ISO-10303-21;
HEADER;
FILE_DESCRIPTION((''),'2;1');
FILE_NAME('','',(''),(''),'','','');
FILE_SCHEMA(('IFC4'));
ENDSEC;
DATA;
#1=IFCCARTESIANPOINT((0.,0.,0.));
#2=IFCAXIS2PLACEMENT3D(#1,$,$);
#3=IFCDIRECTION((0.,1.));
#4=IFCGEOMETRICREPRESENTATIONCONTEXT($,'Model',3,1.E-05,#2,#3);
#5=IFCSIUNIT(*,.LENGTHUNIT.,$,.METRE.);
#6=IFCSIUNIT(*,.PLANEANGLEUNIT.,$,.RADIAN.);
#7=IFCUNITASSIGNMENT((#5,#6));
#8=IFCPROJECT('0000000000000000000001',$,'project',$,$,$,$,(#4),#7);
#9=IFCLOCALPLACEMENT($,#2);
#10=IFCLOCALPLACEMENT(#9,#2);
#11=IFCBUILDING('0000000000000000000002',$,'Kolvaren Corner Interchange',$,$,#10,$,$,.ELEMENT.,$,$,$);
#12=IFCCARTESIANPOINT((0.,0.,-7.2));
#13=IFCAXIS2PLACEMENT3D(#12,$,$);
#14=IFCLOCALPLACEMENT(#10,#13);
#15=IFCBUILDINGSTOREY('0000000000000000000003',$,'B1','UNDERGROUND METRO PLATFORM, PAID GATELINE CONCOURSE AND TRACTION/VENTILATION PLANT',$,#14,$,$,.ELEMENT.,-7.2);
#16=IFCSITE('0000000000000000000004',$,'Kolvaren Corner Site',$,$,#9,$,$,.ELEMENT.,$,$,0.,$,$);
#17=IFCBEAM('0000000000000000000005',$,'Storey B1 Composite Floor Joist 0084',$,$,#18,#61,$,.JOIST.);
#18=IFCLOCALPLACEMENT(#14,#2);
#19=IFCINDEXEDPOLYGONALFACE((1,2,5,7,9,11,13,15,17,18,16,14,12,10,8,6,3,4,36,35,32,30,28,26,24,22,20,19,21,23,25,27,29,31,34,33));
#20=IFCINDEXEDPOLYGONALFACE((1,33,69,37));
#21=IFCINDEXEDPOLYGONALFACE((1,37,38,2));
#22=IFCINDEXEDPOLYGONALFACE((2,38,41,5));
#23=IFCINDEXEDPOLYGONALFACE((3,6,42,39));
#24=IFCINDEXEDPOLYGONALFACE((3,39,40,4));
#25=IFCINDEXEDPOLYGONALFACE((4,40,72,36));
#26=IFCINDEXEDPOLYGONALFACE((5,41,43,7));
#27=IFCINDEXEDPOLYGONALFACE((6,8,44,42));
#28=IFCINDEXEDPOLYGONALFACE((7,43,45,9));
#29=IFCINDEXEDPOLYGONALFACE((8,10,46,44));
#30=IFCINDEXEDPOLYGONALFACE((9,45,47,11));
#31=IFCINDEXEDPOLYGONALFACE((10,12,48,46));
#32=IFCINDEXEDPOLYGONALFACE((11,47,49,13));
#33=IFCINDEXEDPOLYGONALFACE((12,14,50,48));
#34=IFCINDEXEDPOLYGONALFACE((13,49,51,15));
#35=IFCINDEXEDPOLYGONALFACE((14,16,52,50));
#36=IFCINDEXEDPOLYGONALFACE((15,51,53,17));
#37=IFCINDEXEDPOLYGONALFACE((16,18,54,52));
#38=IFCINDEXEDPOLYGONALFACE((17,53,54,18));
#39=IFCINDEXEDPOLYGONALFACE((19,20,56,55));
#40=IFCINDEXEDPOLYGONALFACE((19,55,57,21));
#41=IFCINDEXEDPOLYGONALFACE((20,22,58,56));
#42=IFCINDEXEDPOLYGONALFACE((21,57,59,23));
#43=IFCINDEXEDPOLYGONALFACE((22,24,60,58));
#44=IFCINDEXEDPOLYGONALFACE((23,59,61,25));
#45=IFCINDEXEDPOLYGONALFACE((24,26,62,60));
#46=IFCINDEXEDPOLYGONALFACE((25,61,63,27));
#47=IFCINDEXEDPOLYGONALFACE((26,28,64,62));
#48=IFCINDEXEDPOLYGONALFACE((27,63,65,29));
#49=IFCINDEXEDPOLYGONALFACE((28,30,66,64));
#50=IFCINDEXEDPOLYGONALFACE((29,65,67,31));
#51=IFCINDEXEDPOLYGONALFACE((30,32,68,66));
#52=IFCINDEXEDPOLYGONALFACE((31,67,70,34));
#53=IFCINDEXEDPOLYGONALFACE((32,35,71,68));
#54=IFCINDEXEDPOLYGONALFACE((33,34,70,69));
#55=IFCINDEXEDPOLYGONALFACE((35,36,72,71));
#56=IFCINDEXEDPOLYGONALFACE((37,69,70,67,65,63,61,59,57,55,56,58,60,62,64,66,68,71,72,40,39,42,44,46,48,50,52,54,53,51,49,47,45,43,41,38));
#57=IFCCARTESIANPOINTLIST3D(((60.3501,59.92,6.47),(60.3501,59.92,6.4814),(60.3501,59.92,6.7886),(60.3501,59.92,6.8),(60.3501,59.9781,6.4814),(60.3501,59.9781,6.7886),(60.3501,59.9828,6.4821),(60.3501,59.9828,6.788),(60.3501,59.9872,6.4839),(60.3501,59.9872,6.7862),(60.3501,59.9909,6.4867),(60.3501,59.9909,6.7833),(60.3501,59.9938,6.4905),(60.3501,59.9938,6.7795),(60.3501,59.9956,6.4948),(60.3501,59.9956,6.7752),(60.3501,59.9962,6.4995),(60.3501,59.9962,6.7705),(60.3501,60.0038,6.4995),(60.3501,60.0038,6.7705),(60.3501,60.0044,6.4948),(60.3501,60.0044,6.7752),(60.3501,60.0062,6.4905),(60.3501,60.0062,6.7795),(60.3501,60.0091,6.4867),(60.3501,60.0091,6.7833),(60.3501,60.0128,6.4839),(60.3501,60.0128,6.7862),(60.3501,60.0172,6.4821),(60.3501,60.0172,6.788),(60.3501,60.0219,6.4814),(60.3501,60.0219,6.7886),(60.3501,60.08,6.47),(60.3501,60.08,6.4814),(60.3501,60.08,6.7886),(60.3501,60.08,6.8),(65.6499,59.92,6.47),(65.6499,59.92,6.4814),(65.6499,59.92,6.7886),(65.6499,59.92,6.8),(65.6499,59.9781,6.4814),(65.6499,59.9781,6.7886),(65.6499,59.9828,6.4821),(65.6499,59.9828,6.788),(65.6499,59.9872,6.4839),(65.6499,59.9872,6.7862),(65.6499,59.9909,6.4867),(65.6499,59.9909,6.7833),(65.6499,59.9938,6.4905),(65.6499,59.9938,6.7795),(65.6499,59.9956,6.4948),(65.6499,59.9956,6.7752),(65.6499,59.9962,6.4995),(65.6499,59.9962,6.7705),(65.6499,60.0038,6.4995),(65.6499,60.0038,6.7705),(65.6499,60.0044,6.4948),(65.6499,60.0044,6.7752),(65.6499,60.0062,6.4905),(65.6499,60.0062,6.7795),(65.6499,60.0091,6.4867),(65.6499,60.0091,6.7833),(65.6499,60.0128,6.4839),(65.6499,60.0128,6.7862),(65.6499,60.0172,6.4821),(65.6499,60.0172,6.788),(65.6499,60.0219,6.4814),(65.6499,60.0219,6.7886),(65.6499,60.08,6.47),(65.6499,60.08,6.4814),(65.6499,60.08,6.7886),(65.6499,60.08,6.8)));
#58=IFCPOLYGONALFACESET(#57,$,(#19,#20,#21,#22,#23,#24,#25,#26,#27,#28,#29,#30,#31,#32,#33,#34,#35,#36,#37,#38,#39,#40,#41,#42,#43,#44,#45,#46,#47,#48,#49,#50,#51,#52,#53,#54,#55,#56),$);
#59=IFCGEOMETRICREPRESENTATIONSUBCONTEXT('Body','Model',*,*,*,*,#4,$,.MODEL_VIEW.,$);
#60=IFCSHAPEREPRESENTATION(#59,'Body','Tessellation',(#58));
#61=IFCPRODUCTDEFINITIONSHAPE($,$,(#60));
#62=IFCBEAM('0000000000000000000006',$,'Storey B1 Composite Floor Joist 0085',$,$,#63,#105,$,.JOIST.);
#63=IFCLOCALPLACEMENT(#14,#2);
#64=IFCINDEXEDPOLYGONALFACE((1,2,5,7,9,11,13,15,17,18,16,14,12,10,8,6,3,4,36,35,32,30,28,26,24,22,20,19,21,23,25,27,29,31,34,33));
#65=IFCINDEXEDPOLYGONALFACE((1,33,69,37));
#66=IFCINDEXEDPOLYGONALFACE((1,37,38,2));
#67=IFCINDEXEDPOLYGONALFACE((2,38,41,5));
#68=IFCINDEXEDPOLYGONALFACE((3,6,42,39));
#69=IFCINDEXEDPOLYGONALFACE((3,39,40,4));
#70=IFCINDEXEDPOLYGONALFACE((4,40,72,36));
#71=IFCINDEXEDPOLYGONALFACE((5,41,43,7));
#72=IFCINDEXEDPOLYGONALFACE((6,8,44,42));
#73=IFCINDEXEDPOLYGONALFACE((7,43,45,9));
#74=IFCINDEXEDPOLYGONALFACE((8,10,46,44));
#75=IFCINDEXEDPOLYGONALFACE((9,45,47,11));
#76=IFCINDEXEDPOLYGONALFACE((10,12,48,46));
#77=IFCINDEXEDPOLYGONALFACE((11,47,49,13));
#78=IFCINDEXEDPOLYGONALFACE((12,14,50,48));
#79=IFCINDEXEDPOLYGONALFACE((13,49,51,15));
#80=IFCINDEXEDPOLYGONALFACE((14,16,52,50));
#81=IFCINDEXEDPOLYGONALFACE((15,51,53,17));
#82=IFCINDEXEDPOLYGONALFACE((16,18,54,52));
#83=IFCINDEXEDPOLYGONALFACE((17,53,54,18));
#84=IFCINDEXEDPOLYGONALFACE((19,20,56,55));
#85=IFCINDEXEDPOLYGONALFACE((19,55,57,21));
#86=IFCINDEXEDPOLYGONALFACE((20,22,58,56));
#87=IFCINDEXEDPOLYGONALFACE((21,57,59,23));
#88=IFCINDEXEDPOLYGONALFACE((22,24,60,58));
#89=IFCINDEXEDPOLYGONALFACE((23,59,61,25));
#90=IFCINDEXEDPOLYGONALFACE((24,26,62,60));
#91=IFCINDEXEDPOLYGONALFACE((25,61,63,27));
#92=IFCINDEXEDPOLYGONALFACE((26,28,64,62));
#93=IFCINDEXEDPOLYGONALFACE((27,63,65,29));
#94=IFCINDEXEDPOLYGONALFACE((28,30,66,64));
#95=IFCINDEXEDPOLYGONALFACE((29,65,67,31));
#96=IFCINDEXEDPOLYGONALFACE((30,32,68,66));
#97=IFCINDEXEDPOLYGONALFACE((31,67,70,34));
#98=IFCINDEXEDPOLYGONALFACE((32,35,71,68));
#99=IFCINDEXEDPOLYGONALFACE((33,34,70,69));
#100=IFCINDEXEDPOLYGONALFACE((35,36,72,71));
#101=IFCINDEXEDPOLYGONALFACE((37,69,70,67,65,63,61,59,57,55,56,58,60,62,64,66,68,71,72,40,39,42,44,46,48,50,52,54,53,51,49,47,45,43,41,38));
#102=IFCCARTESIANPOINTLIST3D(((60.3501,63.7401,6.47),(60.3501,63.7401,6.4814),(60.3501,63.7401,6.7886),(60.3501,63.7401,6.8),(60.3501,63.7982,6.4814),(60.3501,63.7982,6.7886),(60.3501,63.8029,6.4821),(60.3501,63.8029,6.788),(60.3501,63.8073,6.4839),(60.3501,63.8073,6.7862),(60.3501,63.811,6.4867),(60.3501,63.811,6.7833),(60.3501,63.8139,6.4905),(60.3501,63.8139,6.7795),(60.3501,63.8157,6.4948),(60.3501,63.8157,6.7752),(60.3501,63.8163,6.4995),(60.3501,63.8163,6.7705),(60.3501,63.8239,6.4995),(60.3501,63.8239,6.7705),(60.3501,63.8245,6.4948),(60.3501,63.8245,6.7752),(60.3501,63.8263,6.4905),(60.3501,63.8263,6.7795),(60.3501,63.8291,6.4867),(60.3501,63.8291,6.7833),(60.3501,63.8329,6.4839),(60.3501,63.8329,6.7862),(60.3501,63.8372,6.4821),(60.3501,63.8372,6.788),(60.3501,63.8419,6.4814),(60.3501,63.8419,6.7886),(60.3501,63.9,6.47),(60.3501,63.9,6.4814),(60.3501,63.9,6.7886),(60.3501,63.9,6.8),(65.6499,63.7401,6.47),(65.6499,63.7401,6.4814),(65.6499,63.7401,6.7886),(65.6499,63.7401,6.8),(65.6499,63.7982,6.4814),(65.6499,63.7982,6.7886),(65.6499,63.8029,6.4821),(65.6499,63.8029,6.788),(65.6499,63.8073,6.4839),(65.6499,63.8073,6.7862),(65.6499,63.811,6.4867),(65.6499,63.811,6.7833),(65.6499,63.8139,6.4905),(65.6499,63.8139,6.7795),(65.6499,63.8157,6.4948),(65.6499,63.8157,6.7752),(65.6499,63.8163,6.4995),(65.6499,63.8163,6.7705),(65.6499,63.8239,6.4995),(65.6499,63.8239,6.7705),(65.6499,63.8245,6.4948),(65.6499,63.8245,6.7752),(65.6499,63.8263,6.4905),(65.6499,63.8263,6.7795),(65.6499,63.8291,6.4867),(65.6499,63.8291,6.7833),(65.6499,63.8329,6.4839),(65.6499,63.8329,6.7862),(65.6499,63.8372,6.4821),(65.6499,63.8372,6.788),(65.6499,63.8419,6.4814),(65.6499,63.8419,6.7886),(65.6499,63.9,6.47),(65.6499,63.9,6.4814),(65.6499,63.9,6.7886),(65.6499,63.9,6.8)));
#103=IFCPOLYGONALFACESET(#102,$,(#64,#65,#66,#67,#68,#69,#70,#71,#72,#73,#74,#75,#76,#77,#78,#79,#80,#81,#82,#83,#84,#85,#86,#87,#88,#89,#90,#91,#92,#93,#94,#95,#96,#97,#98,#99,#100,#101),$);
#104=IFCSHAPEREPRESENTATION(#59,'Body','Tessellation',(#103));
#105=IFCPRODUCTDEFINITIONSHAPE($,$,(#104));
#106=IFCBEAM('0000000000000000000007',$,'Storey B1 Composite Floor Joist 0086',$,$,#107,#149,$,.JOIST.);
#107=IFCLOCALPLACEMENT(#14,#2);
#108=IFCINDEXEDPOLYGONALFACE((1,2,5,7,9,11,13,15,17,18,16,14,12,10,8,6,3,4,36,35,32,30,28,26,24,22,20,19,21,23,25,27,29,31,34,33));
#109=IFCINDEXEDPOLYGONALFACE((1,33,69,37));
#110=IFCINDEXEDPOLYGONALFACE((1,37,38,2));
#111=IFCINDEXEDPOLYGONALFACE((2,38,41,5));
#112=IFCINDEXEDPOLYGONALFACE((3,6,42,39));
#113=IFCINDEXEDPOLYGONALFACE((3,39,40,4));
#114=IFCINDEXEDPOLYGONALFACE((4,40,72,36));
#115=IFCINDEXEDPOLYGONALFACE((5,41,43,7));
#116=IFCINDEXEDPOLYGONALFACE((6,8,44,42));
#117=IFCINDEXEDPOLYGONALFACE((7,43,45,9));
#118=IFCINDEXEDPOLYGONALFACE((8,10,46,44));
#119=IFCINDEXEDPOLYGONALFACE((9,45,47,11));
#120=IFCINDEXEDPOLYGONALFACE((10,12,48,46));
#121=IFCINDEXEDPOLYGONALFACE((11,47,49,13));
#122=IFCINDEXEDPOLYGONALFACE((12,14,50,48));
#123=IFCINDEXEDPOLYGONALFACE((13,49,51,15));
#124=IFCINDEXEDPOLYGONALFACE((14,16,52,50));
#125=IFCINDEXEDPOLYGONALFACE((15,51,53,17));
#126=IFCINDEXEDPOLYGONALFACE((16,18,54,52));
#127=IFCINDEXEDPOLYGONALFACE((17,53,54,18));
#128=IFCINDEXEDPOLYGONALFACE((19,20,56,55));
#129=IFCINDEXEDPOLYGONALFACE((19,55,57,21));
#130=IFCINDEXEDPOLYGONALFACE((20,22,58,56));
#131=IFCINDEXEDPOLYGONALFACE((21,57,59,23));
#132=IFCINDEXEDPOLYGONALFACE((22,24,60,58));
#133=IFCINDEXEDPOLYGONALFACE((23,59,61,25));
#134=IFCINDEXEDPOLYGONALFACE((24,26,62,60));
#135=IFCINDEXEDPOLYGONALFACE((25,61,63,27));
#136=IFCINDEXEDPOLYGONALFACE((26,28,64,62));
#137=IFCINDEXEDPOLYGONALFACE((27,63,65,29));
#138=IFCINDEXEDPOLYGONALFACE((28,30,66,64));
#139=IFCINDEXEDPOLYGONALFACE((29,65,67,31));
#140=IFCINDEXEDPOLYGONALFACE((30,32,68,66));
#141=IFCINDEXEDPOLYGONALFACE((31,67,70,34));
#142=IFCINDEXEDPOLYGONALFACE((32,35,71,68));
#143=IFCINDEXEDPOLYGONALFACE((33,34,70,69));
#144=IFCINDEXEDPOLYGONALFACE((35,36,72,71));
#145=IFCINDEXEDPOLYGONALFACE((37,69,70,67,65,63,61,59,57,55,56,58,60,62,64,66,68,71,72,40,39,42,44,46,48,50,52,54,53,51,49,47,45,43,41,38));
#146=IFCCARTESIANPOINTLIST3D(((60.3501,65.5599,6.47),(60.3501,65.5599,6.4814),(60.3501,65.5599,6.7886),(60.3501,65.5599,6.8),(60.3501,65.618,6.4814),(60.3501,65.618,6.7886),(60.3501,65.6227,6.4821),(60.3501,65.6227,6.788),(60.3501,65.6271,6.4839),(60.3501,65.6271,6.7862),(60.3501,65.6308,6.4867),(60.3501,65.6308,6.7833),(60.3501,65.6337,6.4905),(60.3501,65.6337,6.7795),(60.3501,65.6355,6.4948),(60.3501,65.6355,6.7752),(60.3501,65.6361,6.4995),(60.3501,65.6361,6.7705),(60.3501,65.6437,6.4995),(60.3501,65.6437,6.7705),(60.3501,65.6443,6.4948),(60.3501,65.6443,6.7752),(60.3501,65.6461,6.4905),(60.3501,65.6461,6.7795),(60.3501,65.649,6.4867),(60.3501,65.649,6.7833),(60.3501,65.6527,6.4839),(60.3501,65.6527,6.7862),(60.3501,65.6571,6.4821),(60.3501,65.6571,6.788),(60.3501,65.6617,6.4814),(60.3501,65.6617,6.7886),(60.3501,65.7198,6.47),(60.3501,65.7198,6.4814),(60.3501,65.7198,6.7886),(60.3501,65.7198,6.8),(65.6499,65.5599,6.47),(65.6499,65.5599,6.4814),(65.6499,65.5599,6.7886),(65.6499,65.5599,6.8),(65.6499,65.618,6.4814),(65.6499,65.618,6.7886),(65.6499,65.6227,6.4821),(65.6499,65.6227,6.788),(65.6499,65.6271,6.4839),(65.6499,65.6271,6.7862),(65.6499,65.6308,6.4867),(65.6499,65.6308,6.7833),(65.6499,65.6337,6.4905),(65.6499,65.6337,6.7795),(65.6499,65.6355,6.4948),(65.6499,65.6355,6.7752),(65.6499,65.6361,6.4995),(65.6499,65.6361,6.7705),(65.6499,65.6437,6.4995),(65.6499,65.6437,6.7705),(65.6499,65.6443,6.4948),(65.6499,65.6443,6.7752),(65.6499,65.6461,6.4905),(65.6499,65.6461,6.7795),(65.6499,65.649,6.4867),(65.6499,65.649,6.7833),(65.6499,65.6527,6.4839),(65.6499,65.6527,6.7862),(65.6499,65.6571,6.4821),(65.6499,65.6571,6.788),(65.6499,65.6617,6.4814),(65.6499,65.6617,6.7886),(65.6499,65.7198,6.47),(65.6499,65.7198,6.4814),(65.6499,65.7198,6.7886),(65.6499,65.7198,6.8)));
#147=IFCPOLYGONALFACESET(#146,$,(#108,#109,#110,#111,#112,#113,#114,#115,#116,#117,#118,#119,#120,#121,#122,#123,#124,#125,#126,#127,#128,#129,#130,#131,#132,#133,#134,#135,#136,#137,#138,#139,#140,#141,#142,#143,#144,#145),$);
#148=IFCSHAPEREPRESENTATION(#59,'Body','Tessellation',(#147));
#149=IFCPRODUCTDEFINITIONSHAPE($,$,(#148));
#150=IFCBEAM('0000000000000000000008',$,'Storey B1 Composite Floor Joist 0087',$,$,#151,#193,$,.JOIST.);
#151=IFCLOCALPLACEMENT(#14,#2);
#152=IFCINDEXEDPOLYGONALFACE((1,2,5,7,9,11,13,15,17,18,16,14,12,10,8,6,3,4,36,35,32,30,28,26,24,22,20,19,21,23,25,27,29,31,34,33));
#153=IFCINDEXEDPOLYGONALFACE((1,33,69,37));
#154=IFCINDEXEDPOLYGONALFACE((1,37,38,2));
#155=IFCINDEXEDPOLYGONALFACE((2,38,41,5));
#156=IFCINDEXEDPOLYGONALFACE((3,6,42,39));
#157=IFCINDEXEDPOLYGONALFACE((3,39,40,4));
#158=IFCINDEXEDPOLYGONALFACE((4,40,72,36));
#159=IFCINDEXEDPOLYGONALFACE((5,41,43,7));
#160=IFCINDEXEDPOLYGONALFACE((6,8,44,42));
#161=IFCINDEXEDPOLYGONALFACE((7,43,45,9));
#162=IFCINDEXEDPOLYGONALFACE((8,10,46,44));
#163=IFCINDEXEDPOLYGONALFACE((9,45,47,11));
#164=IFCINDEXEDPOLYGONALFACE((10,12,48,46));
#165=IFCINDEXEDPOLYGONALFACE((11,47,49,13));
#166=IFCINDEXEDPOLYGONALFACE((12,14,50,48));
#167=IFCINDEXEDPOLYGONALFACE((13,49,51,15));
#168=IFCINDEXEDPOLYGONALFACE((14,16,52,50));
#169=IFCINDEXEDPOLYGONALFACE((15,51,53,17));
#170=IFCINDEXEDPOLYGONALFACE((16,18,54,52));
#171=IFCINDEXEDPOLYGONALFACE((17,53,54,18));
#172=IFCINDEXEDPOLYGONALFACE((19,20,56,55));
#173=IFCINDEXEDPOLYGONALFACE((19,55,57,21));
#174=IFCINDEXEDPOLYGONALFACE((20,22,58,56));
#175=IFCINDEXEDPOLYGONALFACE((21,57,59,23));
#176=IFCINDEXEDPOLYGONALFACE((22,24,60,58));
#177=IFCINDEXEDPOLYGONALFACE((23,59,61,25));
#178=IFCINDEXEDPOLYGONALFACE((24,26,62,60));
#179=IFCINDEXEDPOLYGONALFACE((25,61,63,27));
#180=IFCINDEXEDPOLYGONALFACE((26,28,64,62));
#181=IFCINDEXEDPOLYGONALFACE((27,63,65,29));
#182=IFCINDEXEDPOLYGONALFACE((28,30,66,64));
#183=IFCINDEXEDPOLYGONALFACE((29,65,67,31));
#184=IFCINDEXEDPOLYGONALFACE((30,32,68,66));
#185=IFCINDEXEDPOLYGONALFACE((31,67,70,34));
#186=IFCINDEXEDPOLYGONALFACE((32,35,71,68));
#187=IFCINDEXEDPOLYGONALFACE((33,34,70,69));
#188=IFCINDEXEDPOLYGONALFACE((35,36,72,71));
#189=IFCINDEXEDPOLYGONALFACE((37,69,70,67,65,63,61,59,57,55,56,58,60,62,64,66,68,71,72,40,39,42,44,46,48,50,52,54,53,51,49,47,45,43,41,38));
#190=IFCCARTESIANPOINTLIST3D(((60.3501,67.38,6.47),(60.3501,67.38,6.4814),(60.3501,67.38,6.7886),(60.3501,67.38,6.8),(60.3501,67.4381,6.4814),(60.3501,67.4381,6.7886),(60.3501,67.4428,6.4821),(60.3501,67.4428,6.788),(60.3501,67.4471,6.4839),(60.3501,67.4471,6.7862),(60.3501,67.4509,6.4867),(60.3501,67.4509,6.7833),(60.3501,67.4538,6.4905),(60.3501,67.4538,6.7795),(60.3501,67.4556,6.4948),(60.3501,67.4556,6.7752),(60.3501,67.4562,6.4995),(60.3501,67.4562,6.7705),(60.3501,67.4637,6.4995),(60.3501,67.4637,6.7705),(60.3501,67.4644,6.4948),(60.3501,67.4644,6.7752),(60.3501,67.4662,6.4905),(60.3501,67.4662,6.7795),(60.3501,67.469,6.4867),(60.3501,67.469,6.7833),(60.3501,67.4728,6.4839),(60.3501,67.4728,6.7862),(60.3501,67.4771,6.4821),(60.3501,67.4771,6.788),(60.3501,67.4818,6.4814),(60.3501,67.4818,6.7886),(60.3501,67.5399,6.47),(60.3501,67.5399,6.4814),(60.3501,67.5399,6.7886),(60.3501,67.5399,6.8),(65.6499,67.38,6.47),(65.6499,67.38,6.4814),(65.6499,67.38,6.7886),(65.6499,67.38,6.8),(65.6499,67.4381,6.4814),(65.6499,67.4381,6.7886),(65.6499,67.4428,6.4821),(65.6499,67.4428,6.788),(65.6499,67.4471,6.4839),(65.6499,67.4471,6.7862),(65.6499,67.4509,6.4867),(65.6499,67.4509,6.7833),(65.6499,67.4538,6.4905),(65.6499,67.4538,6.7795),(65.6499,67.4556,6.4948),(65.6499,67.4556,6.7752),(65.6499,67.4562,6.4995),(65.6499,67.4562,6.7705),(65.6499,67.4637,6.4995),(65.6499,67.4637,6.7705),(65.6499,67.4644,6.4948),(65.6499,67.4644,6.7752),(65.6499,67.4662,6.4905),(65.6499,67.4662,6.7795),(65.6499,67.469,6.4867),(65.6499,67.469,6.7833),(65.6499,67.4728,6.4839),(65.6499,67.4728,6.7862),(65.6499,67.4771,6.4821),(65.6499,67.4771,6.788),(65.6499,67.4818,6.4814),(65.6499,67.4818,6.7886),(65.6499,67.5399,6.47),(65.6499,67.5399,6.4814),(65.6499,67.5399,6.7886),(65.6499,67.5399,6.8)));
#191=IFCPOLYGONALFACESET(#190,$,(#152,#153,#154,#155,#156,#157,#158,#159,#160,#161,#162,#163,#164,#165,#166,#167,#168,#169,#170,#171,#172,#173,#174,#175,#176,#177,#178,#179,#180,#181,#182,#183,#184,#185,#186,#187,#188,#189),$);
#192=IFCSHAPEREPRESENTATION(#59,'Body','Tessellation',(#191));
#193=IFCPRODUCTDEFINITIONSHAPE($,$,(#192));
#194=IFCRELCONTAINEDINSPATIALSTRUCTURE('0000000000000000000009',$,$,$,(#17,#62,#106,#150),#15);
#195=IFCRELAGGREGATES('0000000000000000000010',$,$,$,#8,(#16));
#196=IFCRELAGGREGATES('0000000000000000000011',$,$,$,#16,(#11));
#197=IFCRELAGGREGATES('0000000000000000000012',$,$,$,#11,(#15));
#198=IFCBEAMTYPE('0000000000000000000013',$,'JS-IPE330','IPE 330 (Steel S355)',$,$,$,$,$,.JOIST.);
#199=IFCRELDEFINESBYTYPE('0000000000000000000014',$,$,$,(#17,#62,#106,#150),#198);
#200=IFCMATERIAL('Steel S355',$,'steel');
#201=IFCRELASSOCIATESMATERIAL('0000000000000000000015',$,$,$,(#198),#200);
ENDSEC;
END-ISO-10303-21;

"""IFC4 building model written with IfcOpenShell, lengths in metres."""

from ifc_helpers import new_model, si_unit, direction, frame, origin, origin_2d, place, context, subcontext, project, spatial, i_section, extrude, material, material_profile, profile_set, type_object, element, save


model = new_model("IFC4")

# Units and contexts
model_context = context("Model", 3, precision=1e-05, world=origin(), true_north=direction((0.0, 1.0)))
body_context = subcontext(model_context, "Body", "Model", "MODEL_VIEW")
ifc_project = project(units=[si_unit("LENGTHUNIT", "METRE"), si_unit("PLANEANGLEUNIT", "RADIAN")], contexts=[model_context])

# Site, building, storey
site_placement = place(None, origin())
site = spatial("IfcSite", under=ifc_project, at=site_placement, Name="Kolvaren Corner Site", CompositionType="ELEMENT", RefElevation=0.0)
building_placement = place(site_placement, origin())
building = spatial("IfcBuilding", under=site, at=building_placement, Name="Kolvaren Corner Interchange", CompositionType="ELEMENT")
storey_placement = place(building_placement, frame((0.0, 0.0, -7.2)))
storey = spatial("IfcBuildingStorey", under=building, at=storey_placement, Name="B1", Description="UNDERGROUND METRO PLATFORM, PAID GATELINE CONCOURSE AND TRACTION/VENTILATION PLANT", CompositionType="ELEMENT", Elevation=-7.2)

# Beams
ifc_material_1 = material(Name="Steel S355", Category="steel")
ifc_material_profile_1 = material_profile(ifc_material_1, i_section(OverallWidth=0.1599, OverallDepth=0.3301, WebThickness=0.0076, FlangeThickness=0.0115, FilletRadius=0.0181, at=origin_2d()), Name="IPE 330")
ifc_profile_set_1 = profile_set([ifc_material_profile_1], Name="Steel S355")
beam_type_1 = type_object("IfcBeamType", Name="JS-IPE330", Description="IPE 330 (Steel S355)", PredefinedType="JOIST", material=ifc_profile_set_1)
for number, where, z_axis, x_axis, name in (
    (1, (60.3501, 60.0, 6.635), (1.0, 0.0, 0.0), (0.0, 1.0, 0.0), "Storey B1 Composite Floor Joist 0084"),
    (2, (60.3501, 63.8201, 6.635), (1.0, 0.0, 0.0), (0.0, 1.0, 0.0), "Storey B1 Composite Floor Joist 0085"),
    (3, (60.3501, 65.6399, 6.635), (1.0, 0.0, 0.0), (0.0, 1.0, 0.0), "Storey B1 Composite Floor Joist 0086"),
    (4, (60.3501, 67.46, 6.635), (1.0, 0.0, 0.0), (0.0, 1.0, 0.0), "Storey B1 Composite Floor Joist 0087"),
):
    element("IfcBeam", number, at=place(storey_placement, frame(where, z_axis=z_axis, x_axis=x_axis)), inside=storey, type_object=beam_type_1, Name=name, PredefinedType="JOIST", context=body_context, shape_type="SweptSolid", body=[
        extrude(i_section(OverallWidth=0.1599, OverallDepth=0.3301, WebThickness=0.0076, FlangeThickness=0.0115, FilletRadius=0.0181, at=origin_2d()), origin(), (0.0, 0.0, 1.0), 5.2998),
    ])

save(model, "model.ifc")
